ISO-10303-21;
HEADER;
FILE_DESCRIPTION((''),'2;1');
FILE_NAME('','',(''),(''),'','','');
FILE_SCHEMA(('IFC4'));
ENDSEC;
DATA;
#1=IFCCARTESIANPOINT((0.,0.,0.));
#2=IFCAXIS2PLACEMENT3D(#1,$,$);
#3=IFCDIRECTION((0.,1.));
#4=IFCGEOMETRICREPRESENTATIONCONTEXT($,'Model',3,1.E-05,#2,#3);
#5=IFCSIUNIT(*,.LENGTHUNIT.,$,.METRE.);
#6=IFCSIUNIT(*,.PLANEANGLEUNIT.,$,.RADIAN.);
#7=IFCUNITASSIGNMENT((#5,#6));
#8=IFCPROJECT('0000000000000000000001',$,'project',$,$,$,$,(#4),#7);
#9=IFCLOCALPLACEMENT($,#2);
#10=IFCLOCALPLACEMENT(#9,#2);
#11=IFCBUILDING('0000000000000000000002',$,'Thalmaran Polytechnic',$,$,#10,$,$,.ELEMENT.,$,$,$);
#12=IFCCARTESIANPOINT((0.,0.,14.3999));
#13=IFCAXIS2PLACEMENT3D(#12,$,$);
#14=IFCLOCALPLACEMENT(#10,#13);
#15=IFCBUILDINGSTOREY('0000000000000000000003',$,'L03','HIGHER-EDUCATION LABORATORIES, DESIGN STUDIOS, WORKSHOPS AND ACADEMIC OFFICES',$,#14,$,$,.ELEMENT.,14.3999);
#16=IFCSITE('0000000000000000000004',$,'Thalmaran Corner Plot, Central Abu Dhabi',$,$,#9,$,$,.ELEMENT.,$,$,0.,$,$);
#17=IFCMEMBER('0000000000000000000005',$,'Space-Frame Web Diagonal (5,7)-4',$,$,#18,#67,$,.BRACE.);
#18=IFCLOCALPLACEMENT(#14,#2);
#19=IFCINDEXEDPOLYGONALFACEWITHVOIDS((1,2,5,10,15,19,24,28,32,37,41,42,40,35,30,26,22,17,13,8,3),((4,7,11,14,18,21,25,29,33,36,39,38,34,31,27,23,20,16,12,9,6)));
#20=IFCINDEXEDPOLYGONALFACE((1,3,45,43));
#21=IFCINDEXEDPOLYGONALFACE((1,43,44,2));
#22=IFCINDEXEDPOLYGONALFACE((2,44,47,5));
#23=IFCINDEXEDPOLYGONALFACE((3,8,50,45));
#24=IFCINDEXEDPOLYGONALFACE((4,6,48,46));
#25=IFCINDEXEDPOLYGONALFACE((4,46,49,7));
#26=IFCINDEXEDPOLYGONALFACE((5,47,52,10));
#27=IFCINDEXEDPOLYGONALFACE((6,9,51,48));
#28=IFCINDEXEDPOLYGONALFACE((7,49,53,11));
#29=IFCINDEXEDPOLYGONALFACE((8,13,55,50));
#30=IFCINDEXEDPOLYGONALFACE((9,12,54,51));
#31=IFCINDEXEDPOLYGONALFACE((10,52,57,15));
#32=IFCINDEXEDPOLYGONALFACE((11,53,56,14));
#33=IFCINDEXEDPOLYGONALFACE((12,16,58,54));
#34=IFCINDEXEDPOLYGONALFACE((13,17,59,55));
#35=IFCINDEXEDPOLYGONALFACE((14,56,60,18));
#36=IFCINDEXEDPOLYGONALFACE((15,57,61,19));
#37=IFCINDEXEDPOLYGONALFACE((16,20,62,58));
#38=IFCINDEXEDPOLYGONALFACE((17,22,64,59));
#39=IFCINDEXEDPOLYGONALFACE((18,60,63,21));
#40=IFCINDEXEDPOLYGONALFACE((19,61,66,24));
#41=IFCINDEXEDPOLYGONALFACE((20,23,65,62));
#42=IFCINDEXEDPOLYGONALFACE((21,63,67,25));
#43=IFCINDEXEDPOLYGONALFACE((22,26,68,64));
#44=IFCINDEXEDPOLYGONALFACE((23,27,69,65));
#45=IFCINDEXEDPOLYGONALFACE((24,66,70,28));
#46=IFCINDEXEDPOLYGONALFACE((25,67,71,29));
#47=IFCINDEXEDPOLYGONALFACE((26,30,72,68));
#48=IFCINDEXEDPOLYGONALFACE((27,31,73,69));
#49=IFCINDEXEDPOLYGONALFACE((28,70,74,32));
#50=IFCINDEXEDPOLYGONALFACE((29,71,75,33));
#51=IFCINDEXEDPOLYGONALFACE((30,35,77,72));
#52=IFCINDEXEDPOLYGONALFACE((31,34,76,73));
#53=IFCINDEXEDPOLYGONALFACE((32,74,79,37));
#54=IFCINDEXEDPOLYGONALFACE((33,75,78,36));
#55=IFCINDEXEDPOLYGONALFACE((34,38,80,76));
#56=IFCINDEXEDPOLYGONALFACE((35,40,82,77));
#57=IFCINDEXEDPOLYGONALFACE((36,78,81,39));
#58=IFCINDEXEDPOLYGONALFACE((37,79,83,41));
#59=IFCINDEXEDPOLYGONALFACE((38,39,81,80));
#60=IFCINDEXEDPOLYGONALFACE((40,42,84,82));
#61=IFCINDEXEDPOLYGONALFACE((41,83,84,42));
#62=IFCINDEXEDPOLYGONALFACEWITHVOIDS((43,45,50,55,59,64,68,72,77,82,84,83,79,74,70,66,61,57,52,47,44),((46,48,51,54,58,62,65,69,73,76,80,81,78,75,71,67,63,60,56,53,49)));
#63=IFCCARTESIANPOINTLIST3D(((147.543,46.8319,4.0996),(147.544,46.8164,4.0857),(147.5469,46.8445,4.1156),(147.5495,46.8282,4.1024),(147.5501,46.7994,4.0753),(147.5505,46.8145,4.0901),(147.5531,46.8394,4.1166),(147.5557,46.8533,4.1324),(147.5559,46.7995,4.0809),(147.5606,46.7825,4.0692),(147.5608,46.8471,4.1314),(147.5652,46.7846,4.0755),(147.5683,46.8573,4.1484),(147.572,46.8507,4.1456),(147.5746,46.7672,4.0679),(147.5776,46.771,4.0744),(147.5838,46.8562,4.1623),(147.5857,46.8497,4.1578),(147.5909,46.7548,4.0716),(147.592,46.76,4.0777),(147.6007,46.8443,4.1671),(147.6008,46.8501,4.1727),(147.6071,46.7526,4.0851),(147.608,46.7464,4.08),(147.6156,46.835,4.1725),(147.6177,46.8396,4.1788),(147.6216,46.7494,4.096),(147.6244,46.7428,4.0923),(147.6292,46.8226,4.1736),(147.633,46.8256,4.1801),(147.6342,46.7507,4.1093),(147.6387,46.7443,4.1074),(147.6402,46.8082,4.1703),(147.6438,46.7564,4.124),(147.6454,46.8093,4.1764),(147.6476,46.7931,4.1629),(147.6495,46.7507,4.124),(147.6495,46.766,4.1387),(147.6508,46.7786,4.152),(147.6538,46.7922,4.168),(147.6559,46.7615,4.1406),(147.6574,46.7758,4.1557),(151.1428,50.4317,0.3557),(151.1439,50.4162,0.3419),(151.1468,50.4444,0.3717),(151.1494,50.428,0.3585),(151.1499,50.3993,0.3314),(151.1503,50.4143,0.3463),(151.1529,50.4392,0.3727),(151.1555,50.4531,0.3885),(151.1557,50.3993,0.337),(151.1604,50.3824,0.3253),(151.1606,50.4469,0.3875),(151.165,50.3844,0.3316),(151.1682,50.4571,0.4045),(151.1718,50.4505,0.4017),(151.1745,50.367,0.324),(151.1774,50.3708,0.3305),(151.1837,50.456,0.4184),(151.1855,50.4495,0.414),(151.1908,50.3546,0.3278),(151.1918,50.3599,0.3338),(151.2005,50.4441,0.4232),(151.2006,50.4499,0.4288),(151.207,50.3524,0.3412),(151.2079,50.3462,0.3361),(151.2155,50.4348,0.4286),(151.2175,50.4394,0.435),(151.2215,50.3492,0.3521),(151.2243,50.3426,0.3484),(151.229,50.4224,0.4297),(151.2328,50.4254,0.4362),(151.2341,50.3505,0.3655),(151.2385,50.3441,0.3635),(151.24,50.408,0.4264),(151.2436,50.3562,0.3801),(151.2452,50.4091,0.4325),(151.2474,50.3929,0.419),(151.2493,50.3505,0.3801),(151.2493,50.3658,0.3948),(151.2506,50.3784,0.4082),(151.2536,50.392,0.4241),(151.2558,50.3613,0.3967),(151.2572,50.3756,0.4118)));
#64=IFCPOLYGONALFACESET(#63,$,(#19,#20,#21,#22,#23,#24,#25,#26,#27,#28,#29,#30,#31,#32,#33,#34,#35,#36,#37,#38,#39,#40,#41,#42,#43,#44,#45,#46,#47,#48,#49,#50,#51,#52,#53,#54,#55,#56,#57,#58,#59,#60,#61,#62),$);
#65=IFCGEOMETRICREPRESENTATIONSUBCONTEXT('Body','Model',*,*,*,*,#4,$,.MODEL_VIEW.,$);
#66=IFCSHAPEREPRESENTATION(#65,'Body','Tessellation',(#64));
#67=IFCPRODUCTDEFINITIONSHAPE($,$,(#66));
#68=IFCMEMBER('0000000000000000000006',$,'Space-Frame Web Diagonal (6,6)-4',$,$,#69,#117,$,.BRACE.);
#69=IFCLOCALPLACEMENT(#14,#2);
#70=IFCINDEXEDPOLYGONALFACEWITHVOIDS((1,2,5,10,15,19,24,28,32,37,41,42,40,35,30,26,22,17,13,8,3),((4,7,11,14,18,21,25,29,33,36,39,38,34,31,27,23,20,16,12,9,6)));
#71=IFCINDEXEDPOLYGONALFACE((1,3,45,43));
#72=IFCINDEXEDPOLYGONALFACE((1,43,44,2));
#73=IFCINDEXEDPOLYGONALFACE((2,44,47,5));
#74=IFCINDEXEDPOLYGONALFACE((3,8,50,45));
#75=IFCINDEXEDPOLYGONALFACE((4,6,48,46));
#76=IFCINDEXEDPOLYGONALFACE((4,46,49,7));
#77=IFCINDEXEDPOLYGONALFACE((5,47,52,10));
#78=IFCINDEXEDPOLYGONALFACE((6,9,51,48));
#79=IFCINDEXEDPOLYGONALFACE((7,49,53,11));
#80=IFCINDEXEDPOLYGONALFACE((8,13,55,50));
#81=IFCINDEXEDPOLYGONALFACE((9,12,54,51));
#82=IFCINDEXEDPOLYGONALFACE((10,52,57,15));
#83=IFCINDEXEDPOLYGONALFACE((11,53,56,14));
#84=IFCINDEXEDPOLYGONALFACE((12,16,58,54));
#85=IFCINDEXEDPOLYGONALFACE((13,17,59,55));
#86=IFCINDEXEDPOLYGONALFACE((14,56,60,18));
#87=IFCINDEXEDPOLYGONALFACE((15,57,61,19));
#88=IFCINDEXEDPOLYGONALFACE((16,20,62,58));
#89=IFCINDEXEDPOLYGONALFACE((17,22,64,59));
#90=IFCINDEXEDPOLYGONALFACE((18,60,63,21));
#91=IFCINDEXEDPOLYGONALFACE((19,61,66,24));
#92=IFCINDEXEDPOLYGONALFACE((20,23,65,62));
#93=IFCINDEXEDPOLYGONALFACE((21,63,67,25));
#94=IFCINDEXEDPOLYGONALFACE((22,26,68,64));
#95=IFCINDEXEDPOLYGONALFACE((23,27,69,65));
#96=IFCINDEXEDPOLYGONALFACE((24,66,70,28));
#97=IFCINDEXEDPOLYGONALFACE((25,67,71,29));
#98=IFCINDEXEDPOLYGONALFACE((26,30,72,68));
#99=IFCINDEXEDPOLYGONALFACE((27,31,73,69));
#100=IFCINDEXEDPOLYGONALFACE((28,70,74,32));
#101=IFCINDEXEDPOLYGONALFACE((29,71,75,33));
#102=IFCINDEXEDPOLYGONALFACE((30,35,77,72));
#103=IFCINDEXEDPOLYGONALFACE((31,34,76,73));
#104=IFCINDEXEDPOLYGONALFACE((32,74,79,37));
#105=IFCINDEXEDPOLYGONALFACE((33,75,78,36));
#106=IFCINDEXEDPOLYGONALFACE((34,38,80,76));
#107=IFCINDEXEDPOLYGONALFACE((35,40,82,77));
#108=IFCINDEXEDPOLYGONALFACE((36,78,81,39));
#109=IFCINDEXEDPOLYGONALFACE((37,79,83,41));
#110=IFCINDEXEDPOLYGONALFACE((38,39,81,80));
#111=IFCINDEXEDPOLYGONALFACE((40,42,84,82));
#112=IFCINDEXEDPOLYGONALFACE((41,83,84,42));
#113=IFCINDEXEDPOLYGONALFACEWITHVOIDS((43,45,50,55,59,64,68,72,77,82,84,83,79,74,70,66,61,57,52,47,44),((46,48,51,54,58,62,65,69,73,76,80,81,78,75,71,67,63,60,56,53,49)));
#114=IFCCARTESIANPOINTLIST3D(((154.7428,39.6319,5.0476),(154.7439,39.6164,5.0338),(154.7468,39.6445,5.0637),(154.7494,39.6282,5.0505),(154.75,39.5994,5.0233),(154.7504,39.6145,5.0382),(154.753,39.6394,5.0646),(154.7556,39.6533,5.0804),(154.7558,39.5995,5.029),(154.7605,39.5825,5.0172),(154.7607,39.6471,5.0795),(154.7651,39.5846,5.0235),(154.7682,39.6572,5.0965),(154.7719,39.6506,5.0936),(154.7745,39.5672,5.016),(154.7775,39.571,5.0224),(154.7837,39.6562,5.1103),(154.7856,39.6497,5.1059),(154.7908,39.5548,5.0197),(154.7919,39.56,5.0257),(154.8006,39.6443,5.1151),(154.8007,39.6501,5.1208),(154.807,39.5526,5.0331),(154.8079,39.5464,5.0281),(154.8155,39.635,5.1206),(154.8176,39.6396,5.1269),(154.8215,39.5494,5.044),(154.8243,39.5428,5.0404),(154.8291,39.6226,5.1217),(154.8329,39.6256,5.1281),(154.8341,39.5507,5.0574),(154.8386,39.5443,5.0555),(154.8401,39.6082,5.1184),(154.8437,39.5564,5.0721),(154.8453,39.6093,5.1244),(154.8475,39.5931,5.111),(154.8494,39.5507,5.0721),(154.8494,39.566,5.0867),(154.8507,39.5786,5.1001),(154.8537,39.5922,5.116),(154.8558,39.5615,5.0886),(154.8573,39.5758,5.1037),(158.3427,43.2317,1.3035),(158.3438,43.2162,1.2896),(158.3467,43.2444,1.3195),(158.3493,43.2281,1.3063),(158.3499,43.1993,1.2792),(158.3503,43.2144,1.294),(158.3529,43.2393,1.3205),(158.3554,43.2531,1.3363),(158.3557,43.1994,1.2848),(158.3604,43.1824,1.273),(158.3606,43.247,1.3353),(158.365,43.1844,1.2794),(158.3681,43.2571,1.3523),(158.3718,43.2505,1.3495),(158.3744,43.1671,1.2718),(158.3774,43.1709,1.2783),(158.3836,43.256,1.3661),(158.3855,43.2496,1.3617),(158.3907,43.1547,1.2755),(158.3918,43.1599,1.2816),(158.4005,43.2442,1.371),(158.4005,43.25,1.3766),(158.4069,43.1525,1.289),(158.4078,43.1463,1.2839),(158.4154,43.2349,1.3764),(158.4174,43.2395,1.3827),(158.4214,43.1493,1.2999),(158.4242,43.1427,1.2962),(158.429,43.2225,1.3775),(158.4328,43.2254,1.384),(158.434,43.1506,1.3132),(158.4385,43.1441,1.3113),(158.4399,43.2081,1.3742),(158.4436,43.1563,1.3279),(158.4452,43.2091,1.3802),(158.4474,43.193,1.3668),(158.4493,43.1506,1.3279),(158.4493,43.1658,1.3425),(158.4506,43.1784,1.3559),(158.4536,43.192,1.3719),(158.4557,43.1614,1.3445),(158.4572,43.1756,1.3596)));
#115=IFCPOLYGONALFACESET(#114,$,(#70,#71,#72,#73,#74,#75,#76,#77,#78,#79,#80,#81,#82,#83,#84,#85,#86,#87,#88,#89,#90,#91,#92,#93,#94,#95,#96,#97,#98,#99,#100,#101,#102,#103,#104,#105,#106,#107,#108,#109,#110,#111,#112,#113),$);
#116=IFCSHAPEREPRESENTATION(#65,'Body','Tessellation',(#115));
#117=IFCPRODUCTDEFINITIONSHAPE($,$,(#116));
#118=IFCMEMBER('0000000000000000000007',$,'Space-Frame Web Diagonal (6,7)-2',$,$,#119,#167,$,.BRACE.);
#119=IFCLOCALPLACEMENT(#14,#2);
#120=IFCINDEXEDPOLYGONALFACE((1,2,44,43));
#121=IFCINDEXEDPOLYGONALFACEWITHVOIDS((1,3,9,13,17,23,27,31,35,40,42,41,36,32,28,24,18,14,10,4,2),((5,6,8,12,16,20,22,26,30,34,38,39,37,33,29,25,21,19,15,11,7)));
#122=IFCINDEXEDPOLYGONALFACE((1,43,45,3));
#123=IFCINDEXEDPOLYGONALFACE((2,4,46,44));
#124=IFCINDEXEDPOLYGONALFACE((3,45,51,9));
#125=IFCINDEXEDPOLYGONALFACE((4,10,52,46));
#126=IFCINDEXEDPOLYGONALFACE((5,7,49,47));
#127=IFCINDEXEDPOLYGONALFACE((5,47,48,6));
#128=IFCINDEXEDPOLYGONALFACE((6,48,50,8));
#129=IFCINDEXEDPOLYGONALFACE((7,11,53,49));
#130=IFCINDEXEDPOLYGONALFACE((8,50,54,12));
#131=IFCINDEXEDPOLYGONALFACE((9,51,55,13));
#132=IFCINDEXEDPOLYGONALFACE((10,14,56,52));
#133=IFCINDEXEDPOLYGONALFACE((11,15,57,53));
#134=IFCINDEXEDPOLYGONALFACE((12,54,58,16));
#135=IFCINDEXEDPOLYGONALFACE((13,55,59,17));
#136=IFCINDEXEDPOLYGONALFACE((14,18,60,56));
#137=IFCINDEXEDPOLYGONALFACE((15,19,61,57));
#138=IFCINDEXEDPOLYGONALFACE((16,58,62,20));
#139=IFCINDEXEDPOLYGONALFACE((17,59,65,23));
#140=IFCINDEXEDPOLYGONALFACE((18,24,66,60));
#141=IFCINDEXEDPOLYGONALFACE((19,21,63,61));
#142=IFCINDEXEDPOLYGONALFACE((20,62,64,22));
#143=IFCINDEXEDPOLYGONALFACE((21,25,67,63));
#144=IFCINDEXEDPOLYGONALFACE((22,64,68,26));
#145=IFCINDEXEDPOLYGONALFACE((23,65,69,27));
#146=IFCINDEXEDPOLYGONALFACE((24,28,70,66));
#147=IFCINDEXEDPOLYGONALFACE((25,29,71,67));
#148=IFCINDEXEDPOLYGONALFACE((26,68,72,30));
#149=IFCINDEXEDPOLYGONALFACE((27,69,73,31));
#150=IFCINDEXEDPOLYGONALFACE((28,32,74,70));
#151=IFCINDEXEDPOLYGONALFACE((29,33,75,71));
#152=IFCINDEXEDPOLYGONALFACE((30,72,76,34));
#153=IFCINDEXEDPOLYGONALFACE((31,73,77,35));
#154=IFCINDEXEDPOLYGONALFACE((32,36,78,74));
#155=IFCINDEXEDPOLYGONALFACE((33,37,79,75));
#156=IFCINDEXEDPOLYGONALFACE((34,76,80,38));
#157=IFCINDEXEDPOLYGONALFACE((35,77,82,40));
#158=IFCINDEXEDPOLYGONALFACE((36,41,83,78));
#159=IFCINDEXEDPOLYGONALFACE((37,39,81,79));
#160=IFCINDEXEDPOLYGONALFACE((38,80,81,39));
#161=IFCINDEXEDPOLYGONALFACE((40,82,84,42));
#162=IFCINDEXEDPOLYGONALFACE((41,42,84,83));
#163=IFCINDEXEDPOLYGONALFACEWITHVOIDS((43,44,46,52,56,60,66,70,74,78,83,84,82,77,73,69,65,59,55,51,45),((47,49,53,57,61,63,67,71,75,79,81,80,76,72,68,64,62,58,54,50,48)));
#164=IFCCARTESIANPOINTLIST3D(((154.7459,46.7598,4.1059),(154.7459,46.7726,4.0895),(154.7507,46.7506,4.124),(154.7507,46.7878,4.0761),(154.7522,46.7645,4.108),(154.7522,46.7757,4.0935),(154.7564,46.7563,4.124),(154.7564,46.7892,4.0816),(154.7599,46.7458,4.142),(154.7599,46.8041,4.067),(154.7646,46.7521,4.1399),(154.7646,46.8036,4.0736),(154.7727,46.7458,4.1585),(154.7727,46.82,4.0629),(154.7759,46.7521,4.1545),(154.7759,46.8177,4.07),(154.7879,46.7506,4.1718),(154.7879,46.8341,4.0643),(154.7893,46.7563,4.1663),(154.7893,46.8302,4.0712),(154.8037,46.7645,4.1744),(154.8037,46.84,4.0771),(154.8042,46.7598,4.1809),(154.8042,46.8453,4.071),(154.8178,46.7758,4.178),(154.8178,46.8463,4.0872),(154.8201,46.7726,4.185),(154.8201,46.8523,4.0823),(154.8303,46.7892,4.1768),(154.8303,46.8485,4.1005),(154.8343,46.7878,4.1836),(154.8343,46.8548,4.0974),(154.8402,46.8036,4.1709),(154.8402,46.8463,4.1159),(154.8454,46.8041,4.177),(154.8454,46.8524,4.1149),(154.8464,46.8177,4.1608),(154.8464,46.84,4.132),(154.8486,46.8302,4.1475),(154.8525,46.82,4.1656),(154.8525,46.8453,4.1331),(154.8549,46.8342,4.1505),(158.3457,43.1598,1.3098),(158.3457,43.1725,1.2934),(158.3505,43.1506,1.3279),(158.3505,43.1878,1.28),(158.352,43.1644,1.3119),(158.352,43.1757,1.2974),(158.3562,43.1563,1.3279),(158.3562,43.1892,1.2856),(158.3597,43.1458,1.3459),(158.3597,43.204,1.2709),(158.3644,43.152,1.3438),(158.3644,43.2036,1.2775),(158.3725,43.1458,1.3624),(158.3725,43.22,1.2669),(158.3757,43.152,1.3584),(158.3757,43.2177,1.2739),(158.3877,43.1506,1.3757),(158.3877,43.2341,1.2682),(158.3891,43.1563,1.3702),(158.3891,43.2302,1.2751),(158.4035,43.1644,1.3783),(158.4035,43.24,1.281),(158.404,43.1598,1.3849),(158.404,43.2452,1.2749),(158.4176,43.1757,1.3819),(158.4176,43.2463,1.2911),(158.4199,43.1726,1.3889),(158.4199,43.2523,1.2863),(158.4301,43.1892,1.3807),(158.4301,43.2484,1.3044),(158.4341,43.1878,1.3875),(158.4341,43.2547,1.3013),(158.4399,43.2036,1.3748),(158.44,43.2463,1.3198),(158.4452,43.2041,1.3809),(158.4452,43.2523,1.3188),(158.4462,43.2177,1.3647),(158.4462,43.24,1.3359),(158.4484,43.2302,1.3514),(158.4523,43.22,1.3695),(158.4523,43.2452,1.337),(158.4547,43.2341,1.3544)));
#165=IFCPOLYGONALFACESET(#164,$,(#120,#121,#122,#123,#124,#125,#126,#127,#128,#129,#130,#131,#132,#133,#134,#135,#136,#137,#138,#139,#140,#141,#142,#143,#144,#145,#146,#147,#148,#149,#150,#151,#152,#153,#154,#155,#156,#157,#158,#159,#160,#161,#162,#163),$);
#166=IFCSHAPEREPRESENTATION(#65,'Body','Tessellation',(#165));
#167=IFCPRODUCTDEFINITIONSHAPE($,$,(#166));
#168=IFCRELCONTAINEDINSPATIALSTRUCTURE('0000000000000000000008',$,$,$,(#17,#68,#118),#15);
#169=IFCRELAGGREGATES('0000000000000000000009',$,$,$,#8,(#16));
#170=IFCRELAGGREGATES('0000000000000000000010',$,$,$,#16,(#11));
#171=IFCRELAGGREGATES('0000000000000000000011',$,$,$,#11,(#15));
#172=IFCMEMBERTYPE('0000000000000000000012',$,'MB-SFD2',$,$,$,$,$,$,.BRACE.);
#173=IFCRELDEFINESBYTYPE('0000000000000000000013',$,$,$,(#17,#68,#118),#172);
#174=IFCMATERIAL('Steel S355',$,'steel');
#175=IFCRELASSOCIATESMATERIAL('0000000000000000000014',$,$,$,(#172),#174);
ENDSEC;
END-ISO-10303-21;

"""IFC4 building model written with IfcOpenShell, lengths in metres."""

from ifc_helpers import new_model, si_unit, direction, frame, origin, origin_2d, place, context, subcontext, project, spatial, hollow_circle, extrude, material, material_profile, profile_set, type_object, element, save


model = new_model("IFC4")

# Units and contexts
model_context = context("Model", 3, precision=1e-05, world=origin(), true_north=direction((0.0, 1.0)))
body_context = subcontext(model_context, "Body", "Model", "MODEL_VIEW")
ifc_project = project(units=[si_unit("LENGTHUNIT", "METRE"), si_unit("PLANEANGLEUNIT", "RADIAN")], contexts=[model_context])

# Site, building, storey
site_placement = place(None, origin())
site = spatial("IfcSite", under=ifc_project, at=site_placement, Name="Thalmaran Corner Plot, Central Abu Dhabi", CompositionType="ELEMENT", RefElevation=0.0)
building_placement = place(site_placement, origin())
building = spatial("IfcBuilding", under=site, at=building_placement, Name="Thalmaran Polytechnic", CompositionType="ELEMENT")
storey_placement = place(building_placement, frame((0.0, 0.0, 14.3999)))
storey = spatial("IfcBuildingStorey", under=building, at=storey_placement, Name="L03", Description="HIGHER-EDUCATION LABORATORIES, DESIGN STUDIOS, WORKSHOPS AND ACADEMIC OFFICES", CompositionType="ELEMENT", Elevation=14.3999)

# Shared definitions
ifc_material_1 = material(Name="Steel S355", Category="steel")

# Members
ifc_material_profile_1 = material_profile(ifc_material_1, hollow_circle(Radius=0.0698, WallThickness=0.0081, at=origin_2d()), Name="CHS 139.7x8.0")
ifc_profile_set_1 = profile_set([ifc_material_profile_1], Name="Steel S355")
member_type_1 = type_object("IfcMemberType", Name="MB-SFD2", PredefinedType="BRACE", material=ifc_profile_set_1)
member_1_placement = place(storey_placement, frame((151.2, 50.3999, 0.3801), z_axis=(-0.569652, -0.569652, 0.592446), x_axis=(0.707107, -0.707107, 0.0)))
element("IfcMember", 1, at=member_1_placement, inside=storey, type_object=member_type_1, Name="Space-Frame Web Diagonal (5,7)-4", PredefinedType="BRACE", context=body_context, shape_type="SweptSolid", body=[
    extrude(hollow_circle(Radius=0.0698, WallThickness=0.0081, at=origin_2d()), origin(), (0.0, 0.0, 1.0), 6.3193),
])
member_2_placement = place(storey_placement, frame((158.3999, 43.2, 1.3279), z_axis=(-0.569639, -0.569639, 0.592471), x_axis=(0.707107, -0.707107, 0.0)))
element("IfcMember", 2, at=member_2_placement, inside=storey, type_object=member_type_1, Name="Space-Frame Web Diagonal (6,6)-4", PredefinedType="BRACE", context=body_context, shape_type="SweptSolid", body=[
    extrude(hollow_circle(Radius=0.0698, WallThickness=0.0081, at=origin_2d()), origin(), (0.0, 0.0, 1.0), 6.3196),
])
member_3_placement = place(storey_placement, frame((158.3999, 43.2, 1.3279), z_axis=(-0.619762, 0.619804, 0.481392), x_axis=(-0.707131, -0.707083, 0.0)))
element("IfcMember", 3, at=member_3_placement, inside=storey, type_object=member_type_1, Name="Space-Frame Web Diagonal (6,7)-2", PredefinedType="BRACE", context=body_context, shape_type="SweptSolid", body=[
    extrude(hollow_circle(Radius=0.0698, WallThickness=0.0081, at=origin_2d()), origin(), (0.0, 0.0, 1.0), 5.8083),
])

save(model, "model.ifc")
